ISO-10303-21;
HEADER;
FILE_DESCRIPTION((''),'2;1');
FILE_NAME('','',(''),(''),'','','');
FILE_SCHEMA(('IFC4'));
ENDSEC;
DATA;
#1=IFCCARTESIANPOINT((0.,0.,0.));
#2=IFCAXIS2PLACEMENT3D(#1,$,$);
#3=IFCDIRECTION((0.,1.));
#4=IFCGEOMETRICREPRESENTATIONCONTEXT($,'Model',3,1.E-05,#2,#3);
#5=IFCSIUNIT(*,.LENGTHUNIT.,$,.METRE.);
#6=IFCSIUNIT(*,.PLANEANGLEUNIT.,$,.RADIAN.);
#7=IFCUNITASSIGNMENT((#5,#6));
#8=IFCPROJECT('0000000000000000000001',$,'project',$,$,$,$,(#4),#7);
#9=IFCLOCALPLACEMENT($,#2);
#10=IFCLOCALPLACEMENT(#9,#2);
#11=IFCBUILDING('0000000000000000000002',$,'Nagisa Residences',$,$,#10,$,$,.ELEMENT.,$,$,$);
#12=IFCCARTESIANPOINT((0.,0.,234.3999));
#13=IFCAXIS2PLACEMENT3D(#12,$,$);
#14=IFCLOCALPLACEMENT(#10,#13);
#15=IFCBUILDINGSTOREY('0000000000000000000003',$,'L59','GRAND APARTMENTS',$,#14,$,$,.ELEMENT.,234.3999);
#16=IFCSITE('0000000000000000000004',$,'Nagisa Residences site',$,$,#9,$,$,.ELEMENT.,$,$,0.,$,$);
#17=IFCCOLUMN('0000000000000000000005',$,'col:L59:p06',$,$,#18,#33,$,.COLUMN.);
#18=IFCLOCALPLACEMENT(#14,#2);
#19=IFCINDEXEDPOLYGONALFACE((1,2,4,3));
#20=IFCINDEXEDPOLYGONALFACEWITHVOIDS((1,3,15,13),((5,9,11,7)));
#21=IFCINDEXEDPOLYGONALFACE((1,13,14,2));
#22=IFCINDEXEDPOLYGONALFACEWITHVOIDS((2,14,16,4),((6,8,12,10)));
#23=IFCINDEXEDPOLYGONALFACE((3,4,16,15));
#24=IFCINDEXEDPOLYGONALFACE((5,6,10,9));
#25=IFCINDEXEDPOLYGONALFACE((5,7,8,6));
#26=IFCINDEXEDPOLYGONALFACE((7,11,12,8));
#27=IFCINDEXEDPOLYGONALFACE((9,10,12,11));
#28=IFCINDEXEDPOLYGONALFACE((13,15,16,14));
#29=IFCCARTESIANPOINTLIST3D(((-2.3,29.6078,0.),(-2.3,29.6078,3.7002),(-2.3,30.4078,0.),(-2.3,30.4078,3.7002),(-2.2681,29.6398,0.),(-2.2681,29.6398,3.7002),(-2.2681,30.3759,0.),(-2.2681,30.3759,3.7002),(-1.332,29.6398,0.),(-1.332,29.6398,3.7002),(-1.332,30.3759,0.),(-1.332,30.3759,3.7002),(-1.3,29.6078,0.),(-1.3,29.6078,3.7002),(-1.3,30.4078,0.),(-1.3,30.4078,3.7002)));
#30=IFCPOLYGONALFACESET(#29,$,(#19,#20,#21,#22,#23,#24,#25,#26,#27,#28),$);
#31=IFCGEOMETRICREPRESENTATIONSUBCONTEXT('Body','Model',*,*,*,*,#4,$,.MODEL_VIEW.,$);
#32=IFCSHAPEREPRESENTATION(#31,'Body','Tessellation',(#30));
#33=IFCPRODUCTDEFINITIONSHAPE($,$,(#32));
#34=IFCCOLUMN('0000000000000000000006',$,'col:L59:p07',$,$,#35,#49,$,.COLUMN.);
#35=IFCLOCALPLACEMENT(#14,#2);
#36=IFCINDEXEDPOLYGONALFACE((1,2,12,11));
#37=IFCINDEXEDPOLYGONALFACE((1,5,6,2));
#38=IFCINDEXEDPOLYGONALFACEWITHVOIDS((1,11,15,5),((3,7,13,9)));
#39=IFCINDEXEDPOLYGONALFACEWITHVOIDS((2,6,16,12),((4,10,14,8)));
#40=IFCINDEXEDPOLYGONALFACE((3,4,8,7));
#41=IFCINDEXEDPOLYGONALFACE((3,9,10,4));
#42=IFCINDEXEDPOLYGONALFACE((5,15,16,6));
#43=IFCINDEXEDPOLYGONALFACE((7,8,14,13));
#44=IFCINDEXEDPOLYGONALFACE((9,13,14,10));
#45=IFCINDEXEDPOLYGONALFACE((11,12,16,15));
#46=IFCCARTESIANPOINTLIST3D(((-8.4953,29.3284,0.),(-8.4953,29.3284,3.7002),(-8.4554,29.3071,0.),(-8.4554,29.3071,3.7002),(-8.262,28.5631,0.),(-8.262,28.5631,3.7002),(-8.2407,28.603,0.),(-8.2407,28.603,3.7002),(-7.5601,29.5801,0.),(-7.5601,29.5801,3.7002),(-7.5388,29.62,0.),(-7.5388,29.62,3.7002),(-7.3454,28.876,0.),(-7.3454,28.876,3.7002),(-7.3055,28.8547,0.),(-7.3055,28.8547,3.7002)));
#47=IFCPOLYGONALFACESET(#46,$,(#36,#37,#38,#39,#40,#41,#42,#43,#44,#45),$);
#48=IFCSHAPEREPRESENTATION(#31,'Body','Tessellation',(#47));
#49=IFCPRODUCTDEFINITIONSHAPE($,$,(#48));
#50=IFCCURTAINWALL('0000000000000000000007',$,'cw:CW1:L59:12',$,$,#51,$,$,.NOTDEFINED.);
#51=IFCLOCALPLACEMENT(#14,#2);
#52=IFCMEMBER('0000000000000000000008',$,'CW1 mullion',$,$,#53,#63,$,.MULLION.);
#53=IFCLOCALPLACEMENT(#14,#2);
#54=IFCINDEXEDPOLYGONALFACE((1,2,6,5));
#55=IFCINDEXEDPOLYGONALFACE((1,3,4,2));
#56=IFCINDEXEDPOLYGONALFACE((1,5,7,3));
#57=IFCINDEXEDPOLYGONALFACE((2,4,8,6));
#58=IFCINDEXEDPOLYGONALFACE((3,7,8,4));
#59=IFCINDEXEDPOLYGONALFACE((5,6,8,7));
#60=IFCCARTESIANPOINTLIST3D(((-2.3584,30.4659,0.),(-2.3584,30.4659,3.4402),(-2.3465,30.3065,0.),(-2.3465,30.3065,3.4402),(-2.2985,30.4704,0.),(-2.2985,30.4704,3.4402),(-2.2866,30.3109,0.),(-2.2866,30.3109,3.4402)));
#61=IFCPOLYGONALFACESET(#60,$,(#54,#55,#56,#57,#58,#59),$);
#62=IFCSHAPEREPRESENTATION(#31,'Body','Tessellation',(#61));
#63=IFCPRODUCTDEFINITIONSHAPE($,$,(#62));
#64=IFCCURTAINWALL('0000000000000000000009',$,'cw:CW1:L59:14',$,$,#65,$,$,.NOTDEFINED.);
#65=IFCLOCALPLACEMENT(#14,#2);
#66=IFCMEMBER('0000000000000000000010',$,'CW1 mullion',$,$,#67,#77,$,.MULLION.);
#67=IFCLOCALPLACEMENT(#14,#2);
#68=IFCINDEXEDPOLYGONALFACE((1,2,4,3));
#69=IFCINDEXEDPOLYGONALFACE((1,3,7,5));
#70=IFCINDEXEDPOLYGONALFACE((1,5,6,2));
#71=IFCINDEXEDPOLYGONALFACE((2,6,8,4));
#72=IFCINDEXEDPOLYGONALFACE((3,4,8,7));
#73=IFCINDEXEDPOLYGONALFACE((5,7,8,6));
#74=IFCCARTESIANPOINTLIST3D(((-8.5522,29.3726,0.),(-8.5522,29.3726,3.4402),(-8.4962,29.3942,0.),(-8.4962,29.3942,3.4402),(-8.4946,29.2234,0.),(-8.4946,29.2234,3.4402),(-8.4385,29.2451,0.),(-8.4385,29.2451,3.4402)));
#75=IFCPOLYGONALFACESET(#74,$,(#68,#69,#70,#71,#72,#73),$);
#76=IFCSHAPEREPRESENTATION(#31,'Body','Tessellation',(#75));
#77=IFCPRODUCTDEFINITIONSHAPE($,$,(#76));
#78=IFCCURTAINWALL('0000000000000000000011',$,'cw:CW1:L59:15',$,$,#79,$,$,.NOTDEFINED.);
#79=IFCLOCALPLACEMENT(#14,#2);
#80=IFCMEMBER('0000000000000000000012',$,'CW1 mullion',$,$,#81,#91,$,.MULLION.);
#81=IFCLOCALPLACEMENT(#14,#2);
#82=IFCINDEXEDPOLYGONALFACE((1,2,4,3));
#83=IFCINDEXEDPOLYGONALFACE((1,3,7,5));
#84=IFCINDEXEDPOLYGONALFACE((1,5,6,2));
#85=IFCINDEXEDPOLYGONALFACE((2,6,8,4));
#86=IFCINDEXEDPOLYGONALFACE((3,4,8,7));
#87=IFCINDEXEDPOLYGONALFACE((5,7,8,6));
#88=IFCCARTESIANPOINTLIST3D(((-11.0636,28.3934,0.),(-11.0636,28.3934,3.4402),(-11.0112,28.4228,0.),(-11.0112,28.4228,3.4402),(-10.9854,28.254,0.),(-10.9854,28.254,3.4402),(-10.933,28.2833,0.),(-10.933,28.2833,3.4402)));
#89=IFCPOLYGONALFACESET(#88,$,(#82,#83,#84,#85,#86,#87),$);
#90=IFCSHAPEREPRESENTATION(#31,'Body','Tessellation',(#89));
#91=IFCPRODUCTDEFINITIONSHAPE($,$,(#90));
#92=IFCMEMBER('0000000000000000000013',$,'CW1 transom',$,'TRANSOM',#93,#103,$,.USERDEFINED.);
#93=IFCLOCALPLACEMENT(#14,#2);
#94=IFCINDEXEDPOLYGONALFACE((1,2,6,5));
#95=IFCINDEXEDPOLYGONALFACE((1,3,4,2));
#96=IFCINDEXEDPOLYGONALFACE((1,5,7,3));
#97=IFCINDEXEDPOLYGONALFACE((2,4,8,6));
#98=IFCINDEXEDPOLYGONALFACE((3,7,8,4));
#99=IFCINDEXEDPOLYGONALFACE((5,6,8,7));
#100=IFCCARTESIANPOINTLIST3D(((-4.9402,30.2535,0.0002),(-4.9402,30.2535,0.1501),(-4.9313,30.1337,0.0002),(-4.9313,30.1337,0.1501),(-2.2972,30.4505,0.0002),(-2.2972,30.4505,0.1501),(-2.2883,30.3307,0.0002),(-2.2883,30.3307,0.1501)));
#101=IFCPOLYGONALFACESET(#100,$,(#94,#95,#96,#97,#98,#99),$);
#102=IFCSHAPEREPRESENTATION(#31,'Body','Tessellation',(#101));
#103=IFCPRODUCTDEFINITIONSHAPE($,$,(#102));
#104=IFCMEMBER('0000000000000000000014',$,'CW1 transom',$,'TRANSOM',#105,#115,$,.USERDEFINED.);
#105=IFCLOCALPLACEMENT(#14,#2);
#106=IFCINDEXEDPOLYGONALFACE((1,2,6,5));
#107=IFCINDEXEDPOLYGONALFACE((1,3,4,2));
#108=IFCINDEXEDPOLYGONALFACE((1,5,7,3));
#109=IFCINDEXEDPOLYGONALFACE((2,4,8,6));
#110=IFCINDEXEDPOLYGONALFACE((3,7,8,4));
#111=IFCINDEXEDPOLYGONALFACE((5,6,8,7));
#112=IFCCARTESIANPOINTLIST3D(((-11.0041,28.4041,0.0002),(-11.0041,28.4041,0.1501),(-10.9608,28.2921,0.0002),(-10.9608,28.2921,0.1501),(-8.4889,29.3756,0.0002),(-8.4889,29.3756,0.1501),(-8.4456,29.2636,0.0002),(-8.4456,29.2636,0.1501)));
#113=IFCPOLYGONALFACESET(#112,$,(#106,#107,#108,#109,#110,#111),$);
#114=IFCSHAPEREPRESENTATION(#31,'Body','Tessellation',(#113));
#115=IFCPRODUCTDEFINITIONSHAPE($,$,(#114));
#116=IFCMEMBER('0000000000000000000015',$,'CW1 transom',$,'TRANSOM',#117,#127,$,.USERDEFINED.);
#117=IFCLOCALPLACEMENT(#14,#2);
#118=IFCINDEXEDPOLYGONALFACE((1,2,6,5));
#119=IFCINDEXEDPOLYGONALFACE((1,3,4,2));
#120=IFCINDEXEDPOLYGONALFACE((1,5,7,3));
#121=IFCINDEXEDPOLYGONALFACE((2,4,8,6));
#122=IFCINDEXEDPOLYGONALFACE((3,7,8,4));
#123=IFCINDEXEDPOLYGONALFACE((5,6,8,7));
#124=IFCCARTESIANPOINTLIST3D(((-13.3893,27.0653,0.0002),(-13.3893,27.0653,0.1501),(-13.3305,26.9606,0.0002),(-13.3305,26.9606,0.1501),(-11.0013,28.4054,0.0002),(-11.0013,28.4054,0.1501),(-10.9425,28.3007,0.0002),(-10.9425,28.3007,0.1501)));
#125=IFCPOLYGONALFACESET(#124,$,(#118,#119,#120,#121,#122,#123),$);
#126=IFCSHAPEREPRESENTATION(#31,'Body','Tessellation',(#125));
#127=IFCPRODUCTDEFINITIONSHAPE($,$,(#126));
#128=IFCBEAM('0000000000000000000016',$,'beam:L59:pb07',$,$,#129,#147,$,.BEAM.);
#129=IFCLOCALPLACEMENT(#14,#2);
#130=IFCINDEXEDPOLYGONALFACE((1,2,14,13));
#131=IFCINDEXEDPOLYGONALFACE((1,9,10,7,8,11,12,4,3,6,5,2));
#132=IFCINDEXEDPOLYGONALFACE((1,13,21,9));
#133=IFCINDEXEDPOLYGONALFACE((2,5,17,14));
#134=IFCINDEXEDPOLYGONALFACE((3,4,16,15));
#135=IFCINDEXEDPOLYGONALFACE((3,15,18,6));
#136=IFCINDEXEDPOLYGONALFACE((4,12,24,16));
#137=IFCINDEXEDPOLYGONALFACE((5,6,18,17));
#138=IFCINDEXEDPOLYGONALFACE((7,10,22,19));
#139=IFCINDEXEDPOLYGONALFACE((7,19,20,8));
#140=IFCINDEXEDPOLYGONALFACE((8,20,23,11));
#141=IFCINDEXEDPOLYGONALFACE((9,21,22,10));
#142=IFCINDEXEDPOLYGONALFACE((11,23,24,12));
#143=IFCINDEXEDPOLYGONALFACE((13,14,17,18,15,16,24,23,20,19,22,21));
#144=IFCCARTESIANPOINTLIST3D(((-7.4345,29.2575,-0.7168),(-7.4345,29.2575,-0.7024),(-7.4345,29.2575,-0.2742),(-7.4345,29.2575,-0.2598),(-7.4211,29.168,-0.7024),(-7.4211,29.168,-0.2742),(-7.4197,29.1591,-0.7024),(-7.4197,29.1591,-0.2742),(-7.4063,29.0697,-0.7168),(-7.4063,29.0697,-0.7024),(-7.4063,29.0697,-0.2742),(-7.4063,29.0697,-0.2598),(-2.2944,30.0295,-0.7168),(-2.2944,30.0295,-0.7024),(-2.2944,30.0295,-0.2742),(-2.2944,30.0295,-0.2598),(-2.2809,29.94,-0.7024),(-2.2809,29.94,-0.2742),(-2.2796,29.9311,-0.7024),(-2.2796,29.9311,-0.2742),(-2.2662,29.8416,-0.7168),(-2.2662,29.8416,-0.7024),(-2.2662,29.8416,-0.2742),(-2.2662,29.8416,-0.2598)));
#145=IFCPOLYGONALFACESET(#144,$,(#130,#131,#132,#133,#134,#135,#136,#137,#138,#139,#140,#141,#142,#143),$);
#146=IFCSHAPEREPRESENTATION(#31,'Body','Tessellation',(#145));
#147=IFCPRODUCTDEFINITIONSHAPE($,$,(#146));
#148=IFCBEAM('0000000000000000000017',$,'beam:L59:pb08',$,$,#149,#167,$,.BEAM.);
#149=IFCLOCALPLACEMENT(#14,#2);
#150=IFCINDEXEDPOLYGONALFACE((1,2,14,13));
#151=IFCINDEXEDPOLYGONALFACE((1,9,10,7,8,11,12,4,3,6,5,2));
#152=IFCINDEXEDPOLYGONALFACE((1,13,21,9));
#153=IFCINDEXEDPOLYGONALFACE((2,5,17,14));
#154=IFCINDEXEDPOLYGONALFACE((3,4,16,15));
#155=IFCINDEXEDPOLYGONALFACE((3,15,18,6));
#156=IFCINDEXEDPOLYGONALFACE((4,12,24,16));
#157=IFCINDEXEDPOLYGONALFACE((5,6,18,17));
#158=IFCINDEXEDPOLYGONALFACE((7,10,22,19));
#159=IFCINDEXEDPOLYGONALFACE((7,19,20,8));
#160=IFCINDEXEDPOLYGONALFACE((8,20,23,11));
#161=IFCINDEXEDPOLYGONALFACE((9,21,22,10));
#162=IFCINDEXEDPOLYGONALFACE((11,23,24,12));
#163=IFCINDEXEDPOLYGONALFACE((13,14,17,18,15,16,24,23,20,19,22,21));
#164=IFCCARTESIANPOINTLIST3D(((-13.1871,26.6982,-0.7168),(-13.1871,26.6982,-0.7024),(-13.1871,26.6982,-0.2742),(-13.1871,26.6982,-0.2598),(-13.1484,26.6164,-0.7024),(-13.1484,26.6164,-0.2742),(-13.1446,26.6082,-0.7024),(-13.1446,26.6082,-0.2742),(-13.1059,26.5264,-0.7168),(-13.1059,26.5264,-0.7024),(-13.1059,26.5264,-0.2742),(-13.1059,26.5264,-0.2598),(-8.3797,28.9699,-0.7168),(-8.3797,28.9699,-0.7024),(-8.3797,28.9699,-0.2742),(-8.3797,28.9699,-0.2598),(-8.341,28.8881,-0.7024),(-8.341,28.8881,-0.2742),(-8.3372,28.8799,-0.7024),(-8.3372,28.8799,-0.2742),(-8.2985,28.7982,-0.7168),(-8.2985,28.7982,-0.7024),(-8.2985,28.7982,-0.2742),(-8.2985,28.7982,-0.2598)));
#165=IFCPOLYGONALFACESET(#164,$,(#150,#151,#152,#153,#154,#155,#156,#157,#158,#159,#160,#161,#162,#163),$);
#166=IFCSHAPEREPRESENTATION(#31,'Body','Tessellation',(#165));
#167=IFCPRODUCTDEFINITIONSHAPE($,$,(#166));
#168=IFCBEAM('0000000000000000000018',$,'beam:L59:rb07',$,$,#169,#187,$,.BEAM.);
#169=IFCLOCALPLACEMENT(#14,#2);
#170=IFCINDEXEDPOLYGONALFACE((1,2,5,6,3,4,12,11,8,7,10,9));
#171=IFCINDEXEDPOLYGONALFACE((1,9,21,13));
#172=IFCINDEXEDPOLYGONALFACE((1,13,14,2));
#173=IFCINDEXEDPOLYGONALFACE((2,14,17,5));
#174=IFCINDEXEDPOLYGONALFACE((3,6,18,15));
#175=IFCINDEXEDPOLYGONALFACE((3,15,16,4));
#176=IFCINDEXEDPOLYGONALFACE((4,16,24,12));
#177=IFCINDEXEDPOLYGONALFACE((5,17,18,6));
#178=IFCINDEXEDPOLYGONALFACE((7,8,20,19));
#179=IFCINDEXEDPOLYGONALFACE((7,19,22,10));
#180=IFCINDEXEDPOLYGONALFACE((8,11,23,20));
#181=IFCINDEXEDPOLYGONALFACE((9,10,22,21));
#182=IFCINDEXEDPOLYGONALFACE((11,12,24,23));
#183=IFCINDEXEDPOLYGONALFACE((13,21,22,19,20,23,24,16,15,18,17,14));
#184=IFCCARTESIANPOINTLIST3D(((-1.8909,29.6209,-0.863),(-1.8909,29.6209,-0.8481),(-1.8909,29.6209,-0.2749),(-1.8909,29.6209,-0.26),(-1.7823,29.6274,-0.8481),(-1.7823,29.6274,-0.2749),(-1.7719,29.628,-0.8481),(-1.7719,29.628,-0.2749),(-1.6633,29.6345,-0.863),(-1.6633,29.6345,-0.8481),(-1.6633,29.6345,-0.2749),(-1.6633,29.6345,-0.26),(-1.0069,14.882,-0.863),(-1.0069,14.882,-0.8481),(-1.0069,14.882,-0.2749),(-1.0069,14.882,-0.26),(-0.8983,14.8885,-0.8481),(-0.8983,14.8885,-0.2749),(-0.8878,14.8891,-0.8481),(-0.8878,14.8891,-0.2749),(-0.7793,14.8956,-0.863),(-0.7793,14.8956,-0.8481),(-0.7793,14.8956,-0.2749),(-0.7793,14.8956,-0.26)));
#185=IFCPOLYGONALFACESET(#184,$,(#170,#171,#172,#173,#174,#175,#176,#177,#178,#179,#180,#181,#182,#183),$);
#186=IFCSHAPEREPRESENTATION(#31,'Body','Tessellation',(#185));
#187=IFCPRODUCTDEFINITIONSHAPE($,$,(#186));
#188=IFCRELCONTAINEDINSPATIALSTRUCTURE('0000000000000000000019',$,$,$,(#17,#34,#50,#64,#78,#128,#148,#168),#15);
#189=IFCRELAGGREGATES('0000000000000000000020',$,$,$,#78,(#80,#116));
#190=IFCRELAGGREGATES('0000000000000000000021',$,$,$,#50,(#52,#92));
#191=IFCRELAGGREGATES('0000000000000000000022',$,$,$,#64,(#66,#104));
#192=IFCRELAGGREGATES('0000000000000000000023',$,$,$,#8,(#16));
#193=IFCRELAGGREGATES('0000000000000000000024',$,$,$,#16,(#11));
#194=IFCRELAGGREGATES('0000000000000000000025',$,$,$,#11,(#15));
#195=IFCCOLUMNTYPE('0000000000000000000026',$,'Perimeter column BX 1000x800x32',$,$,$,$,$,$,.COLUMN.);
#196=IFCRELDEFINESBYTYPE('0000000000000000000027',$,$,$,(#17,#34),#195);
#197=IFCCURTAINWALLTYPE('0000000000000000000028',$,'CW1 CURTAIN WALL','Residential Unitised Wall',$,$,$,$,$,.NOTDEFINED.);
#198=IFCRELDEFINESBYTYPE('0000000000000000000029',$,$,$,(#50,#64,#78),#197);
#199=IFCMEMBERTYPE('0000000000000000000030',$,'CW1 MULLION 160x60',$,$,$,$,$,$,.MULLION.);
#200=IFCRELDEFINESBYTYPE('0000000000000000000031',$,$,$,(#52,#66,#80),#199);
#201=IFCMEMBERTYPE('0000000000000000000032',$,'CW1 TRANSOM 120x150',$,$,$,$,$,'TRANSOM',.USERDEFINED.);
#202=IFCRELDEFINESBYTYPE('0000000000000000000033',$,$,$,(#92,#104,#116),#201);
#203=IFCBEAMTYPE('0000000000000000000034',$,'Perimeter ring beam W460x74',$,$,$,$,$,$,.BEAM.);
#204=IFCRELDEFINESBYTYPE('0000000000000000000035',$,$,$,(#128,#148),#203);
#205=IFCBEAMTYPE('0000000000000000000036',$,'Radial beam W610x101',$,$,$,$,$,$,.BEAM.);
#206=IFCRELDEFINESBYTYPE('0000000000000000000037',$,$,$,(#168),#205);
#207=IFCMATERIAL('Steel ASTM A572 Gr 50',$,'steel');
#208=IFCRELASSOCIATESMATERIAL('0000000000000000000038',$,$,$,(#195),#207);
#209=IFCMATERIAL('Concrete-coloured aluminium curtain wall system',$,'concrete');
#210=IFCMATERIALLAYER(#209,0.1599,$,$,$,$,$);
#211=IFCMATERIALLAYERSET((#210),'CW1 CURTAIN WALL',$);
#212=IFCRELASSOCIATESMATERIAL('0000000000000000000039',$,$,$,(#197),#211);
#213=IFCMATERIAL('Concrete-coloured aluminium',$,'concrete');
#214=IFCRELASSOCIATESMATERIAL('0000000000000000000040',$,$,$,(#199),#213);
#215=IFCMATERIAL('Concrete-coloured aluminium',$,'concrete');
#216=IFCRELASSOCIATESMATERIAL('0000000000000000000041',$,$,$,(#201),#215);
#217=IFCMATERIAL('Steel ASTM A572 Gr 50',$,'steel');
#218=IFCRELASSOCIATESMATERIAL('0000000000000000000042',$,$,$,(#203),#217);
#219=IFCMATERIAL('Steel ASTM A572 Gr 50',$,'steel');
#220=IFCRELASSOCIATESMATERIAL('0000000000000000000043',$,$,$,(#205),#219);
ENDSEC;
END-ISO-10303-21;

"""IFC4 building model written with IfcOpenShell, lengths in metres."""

from ifc_helpers import new_model, si_unit, direction, frame, origin, origin_2d, place, context, subcontext, project, spatial, rectangle, hollow_rectangle, i_section, extrude, material, layer, layer_set, material_profile, profile_set, type_object, element, aggregate, save


model = new_model("IFC4")

# Units and contexts
model_context = context("Model", 3, precision=1e-05, world=origin(), true_north=direction((0.0, 1.0)))
body_context = subcontext(model_context, "Body", "Model", "MODEL_VIEW")
ifc_project = project(units=[si_unit("LENGTHUNIT", "METRE"), si_unit("PLANEANGLEUNIT", "RADIAN")], contexts=[model_context])

# Site, building, storey
site_placement = place(None, origin())
site = spatial("IfcSite", under=ifc_project, at=site_placement, Name="Nagisa Residences site", CompositionType="ELEMENT", RefElevation=0.0)
building_placement = place(site_placement, origin())
building = spatial("IfcBuilding", under=site, at=building_placement, Name="Nagisa Residences", CompositionType="ELEMENT")
storey_placement = place(building_placement, frame((0.0, 0.0, 234.3999)))
storey = spatial("IfcBuildingStorey", under=building, at=storey_placement, Name="L59", Description="GRAND APARTMENTS", CompositionType="ELEMENT", Elevation=234.3999)

# Columns
ifc_material_1 = material(Name="Steel ASTM A572 Gr 50", Category="steel")
ifc_material_profile_1 = material_profile(ifc_material_1, hollow_rectangle(XDim=1.0, YDim=0.8, WallThickness=0.032, at=origin_2d()), Name="BX 1000x800x32")
ifc_profile_set_1 = profile_set([ifc_material_profile_1], Name="Steel ASTM A572 Gr 50")
column_type = type_object("IfcColumnType", Name="Perimeter column BX 1000x800x32", PredefinedType="COLUMN", material=ifc_profile_set_1)
for number, where, z_axis, x_axis, name in (
    (1, (-1.8, 30.0078, 0.0), (0.0, 0.0, 1.0), (-1.0, 0.0, 0.0), "col:L59:p06"),
    (2, (-7.9004, 29.0916, 0.0), (0.0, 0.0, 1.0), (-0.956525, -0.291652, 0.0), "col:L59:p07"),
):
    element("IfcColumn", number, at=place(storey_placement, frame(where, z_axis=z_axis, x_axis=x_axis)), inside=storey, type_object=column_type, Name=name, PredefinedType="COLUMN", context=body_context, shape_type="SweptSolid", body=[
        extrude(hollow_rectangle(XDim=1.0, YDim=0.8, WallThickness=0.032, at=origin_2d()), origin(), (0.0, 0.0, 1.0), 3.7002),
    ])

# Curtain walls, members
ifc_material_2 = material(Name="Concrete-coloured aluminium curtain wall system", Category="concrete")
ifc_layer_1 = layer(ifc_material_2, 0.1599)
ifc_layer_set_1 = layer_set([ifc_layer_1], Name="CW1 CURTAIN WALL")
curtain_wall_type = type_object("IfcCurtainWallType", Name="CW1 CURTAIN WALL", Description="Residential Unitised Wall", PredefinedType="NOTDEFINED", material=ifc_layer_set_1)
curtain_wall_1_placement = place(storey_placement, origin())
curtain_wall_1 = element("IfcCurtainWall", 3, at=curtain_wall_1_placement, inside=storey, type_object=curtain_wall_type, Name="cw:CW1:L59:12", PredefinedType="NOTDEFINED")
ifc_material_3 = material(Name="Concrete-coloured aluminium", Category="concrete")
ifc_material_profile_2 = material_profile(ifc_material_3, rectangle(XDim=0.1599, YDim=0.0601, at=origin_2d()), Name="CW1 MULLION 160x60")
ifc_profile_set_2 = profile_set([ifc_material_profile_2], Name="Concrete-coloured aluminium")
member_type_1 = type_object("IfcMemberType", Name="CW1 MULLION 160x60", PredefinedType="MULLION", material=ifc_profile_set_2)
member_1_placement = place(storey_placement, frame((-2.3225, 30.3884, 0.0), z_axis=(0.0, 0.0, 1.0), x_axis=(0.074377, -0.99723, 0.0)))
member_1 = element("IfcMember", 4, at=member_1_placement, type_object=member_type_1, Name="CW1 mullion", PredefinedType="MULLION", context=body_context, shape_type="SweptSolid", body=[
    extrude(rectangle(XDim=0.1599, YDim=0.0601, at=origin_2d()), origin(), (0.0, 0.0, 1.0), 3.4402),
])
curtain_wall_2_placement = place(storey_placement, origin())
curtain_wall_2 = element("IfcCurtainWall", 5, at=curtain_wall_2_placement, inside=storey, type_object=curtain_wall_type, Name="cw:CW1:L59:14", PredefinedType="NOTDEFINED")
member_2_placement = place(storey_placement, frame((-8.4954, 29.3088, 0.0), z_axis=(0.0, 0.0, 1.0), x_axis=(0.360328, -0.932826, 0.0)))
member_2 = element("IfcMember", 6, at=member_2_placement, type_object=member_type_1, Name="CW1 mullion", PredefinedType="MULLION", context=body_context, shape_type="SweptSolid", body=[
    extrude(rectangle(XDim=0.1599, YDim=0.0601, at=origin_2d()), origin(), (0.0, 0.0, 1.0), 3.4402),
])
curtain_wall_3_placement = place(storey_placement, origin())
curtain_wall_3 = element("IfcCurtainWall", 7, at=curtain_wall_3_placement, inside=storey, type_object=curtain_wall_type, Name="cw:CW1:L59:15", PredefinedType="NOTDEFINED")
member_3_placement = place(storey_placement, frame((-10.9983, 28.3384, 0.0), z_axis=(0.0, 0.0, 1.0), x_axis=(0.489377, -0.872072, 0.0)))
member_3 = element("IfcMember", 8, at=member_3_placement, type_object=member_type_1, Name="CW1 mullion", PredefinedType="MULLION", context=body_context, shape_type="SweptSolid", body=[
    extrude(rectangle(XDim=0.1599, YDim=0.0601, at=origin_2d()), origin(), (0.0, 0.0, 1.0), 3.4402),
])

# Members
ifc_material_4 = material(Name="Concrete-coloured aluminium", Category="concrete")
ifc_material_profile_3 = material_profile(ifc_material_4, rectangle(XDim=0.1201, YDim=0.1499, at=origin_2d()), Name="CW1 TRANSOM 120x150")
ifc_profile_set_3 = profile_set([ifc_material_profile_3], Name="Concrete-coloured aluminium")
member_type_2 = type_object("IfcMemberType", Name="CW1 TRANSOM 120x150", ElementType="TRANSOM", PredefinedType="USERDEFINED", material=ifc_profile_set_3)
member_4_placement = place(storey_placement, frame((-2.2927, 30.3906, 0.0752), z_axis=(-0.997233, -0.074337, 0.0), x_axis=(0.074337, -0.997233, 0.0)))
member_4 = element("IfcMember", 9, at=member_4_placement, type_object=member_type_2, Name="CW1 transom", ObjectType="TRANSOM", PredefinedType="USERDEFINED", context=body_context, shape_type="SweptSolid", body=[
    extrude(rectangle(XDim=0.1201, YDim=0.1499, at=origin_2d()), origin(), (0.0, 0.0, 1.0), 2.6504),
])
member_5_placement = place(storey_placement, frame((-8.4673, 29.3196, 0.0752), z_axis=(-0.932838, -0.360295, 0.0), x_axis=(0.360295, -0.932838, 0.0)))
member_5 = element("IfcMember", 10, at=member_5_placement, type_object=member_type_2, Name="CW1 transom", ObjectType="TRANSOM", PredefinedType="USERDEFINED", context=body_context, shape_type="SweptSolid", body=[
    extrude(rectangle(XDim=0.1201, YDim=0.1499, at=origin_2d()), origin(), (0.0, 0.0, 1.0), 2.6963),
])
member_6_placement = place(storey_placement, frame((-10.9719, 28.353, 0.0752), z_axis=(-0.872063, -0.489393, 0.0), x_axis=(0.489393, -0.872063, 0.0)))
member_6 = element("IfcMember", 11, at=member_6_placement, type_object=member_type_2, Name="CW1 transom", ObjectType="TRANSOM", PredefinedType="USERDEFINED", context=body_context, shape_type="SweptSolid", body=[
    extrude(rectangle(XDim=0.1201, YDim=0.1499, at=origin_2d()), origin(), (0.0, 0.0, 1.0), 2.7383),
])
aggregate(curtain_wall_3, [member_3, member_6])

# Beams
ifc_material_5 = material(Name="Steel ASTM A572 Gr 50", Category="steel")
ifc_material_profile_4 = material_profile(ifc_material_5, i_section(OverallWidth=0.1899, OverallDepth=0.457, WebThickness=0.009, FlangeThickness=0.0144, at=origin_2d()), Name="W460x74")
ifc_profile_set_4 = profile_set([ifc_material_profile_4], Name="Steel ASTM A572 Gr 50")
beam_type_1 = type_object("IfcBeamType", Name="Perimeter ring beam W460x74", PredefinedType="BEAM", material=ifc_profile_set_4)
beam_1_placement = place(storey_placement, frame((-2.2803, 29.9355, -0.4883), z_axis=(-0.988909, -0.14852, 0.0), x_axis=(0.14852, -0.988909, 0.0)))
element("IfcBeam", 12, at=beam_1_placement, inside=storey, type_object=beam_type_1, Name="beam:L59:pb07", PredefinedType="BEAM", context=body_context, shape_type="SweptSolid", body=[
    extrude(i_section(OverallWidth=0.1899, OverallDepth=0.457, WebThickness=0.009, FlangeThickness=0.0144, at=origin_2d()), origin(), (0.0, 0.0, 1.0), 5.1978),
])
beam_2_placement = place(storey_placement, frame((-8.3391, 28.884, -0.4883), z_axis=(-0.904134, -0.427249, 0.0), x_axis=(0.427249, -0.904134, 0.0)))
element("IfcBeam", 13, at=beam_2_placement, inside=storey, type_object=beam_type_1, Name="beam:L59:pb08", PredefinedType="BEAM", context=body_context, shape_type="SweptSolid", body=[
    extrude(i_section(OverallWidth=0.1899, OverallDepth=0.457, WebThickness=0.009, FlangeThickness=0.0144, at=origin_2d()), origin(), (0.0, 0.0, 1.0), 5.3171),
])
ifc_material_6 = material(Name="Steel ASTM A572 Gr 50", Category="steel")
ifc_material_profile_5 = material_profile(ifc_material_6, i_section(OverallWidth=0.228, OverallDepth=0.603, WebThickness=0.0105, FlangeThickness=0.0149, at=origin_2d()), Name="W610x101")
ifc_profile_set_5 = profile_set([ifc_material_profile_5], Name="Steel ASTM A572 Gr 50")
beam_type_2 = type_object("IfcBeamType", Name="Radial beam W610x101", PredefinedType="BEAM", material=ifc_profile_set_5)
beam_3_placement = place(storey_placement, frame((-1.7771, 29.6277, -0.5615), z_axis=(0.059872, -0.998206, 0.0), x_axis=(0.998206, 0.059872, 0.0)))
element("IfcBeam", 14, at=beam_3_placement, inside=storey, type_object=beam_type_2, Name="beam:L59:rb07", PredefinedType="BEAM", context=body_context, shape_type="SweptSolid", body=[
    extrude(i_section(OverallWidth=0.228, OverallDepth=0.603, WebThickness=0.0105, FlangeThickness=0.0149, at=origin_2d()), origin(), (0.0, 0.0, 1.0), 14.7654),
])

aggregate(curtain_wall_1, [member_1, member_4])
aggregate(curtain_wall_2, [member_2, member_5])

save(model, "model.ifc")
